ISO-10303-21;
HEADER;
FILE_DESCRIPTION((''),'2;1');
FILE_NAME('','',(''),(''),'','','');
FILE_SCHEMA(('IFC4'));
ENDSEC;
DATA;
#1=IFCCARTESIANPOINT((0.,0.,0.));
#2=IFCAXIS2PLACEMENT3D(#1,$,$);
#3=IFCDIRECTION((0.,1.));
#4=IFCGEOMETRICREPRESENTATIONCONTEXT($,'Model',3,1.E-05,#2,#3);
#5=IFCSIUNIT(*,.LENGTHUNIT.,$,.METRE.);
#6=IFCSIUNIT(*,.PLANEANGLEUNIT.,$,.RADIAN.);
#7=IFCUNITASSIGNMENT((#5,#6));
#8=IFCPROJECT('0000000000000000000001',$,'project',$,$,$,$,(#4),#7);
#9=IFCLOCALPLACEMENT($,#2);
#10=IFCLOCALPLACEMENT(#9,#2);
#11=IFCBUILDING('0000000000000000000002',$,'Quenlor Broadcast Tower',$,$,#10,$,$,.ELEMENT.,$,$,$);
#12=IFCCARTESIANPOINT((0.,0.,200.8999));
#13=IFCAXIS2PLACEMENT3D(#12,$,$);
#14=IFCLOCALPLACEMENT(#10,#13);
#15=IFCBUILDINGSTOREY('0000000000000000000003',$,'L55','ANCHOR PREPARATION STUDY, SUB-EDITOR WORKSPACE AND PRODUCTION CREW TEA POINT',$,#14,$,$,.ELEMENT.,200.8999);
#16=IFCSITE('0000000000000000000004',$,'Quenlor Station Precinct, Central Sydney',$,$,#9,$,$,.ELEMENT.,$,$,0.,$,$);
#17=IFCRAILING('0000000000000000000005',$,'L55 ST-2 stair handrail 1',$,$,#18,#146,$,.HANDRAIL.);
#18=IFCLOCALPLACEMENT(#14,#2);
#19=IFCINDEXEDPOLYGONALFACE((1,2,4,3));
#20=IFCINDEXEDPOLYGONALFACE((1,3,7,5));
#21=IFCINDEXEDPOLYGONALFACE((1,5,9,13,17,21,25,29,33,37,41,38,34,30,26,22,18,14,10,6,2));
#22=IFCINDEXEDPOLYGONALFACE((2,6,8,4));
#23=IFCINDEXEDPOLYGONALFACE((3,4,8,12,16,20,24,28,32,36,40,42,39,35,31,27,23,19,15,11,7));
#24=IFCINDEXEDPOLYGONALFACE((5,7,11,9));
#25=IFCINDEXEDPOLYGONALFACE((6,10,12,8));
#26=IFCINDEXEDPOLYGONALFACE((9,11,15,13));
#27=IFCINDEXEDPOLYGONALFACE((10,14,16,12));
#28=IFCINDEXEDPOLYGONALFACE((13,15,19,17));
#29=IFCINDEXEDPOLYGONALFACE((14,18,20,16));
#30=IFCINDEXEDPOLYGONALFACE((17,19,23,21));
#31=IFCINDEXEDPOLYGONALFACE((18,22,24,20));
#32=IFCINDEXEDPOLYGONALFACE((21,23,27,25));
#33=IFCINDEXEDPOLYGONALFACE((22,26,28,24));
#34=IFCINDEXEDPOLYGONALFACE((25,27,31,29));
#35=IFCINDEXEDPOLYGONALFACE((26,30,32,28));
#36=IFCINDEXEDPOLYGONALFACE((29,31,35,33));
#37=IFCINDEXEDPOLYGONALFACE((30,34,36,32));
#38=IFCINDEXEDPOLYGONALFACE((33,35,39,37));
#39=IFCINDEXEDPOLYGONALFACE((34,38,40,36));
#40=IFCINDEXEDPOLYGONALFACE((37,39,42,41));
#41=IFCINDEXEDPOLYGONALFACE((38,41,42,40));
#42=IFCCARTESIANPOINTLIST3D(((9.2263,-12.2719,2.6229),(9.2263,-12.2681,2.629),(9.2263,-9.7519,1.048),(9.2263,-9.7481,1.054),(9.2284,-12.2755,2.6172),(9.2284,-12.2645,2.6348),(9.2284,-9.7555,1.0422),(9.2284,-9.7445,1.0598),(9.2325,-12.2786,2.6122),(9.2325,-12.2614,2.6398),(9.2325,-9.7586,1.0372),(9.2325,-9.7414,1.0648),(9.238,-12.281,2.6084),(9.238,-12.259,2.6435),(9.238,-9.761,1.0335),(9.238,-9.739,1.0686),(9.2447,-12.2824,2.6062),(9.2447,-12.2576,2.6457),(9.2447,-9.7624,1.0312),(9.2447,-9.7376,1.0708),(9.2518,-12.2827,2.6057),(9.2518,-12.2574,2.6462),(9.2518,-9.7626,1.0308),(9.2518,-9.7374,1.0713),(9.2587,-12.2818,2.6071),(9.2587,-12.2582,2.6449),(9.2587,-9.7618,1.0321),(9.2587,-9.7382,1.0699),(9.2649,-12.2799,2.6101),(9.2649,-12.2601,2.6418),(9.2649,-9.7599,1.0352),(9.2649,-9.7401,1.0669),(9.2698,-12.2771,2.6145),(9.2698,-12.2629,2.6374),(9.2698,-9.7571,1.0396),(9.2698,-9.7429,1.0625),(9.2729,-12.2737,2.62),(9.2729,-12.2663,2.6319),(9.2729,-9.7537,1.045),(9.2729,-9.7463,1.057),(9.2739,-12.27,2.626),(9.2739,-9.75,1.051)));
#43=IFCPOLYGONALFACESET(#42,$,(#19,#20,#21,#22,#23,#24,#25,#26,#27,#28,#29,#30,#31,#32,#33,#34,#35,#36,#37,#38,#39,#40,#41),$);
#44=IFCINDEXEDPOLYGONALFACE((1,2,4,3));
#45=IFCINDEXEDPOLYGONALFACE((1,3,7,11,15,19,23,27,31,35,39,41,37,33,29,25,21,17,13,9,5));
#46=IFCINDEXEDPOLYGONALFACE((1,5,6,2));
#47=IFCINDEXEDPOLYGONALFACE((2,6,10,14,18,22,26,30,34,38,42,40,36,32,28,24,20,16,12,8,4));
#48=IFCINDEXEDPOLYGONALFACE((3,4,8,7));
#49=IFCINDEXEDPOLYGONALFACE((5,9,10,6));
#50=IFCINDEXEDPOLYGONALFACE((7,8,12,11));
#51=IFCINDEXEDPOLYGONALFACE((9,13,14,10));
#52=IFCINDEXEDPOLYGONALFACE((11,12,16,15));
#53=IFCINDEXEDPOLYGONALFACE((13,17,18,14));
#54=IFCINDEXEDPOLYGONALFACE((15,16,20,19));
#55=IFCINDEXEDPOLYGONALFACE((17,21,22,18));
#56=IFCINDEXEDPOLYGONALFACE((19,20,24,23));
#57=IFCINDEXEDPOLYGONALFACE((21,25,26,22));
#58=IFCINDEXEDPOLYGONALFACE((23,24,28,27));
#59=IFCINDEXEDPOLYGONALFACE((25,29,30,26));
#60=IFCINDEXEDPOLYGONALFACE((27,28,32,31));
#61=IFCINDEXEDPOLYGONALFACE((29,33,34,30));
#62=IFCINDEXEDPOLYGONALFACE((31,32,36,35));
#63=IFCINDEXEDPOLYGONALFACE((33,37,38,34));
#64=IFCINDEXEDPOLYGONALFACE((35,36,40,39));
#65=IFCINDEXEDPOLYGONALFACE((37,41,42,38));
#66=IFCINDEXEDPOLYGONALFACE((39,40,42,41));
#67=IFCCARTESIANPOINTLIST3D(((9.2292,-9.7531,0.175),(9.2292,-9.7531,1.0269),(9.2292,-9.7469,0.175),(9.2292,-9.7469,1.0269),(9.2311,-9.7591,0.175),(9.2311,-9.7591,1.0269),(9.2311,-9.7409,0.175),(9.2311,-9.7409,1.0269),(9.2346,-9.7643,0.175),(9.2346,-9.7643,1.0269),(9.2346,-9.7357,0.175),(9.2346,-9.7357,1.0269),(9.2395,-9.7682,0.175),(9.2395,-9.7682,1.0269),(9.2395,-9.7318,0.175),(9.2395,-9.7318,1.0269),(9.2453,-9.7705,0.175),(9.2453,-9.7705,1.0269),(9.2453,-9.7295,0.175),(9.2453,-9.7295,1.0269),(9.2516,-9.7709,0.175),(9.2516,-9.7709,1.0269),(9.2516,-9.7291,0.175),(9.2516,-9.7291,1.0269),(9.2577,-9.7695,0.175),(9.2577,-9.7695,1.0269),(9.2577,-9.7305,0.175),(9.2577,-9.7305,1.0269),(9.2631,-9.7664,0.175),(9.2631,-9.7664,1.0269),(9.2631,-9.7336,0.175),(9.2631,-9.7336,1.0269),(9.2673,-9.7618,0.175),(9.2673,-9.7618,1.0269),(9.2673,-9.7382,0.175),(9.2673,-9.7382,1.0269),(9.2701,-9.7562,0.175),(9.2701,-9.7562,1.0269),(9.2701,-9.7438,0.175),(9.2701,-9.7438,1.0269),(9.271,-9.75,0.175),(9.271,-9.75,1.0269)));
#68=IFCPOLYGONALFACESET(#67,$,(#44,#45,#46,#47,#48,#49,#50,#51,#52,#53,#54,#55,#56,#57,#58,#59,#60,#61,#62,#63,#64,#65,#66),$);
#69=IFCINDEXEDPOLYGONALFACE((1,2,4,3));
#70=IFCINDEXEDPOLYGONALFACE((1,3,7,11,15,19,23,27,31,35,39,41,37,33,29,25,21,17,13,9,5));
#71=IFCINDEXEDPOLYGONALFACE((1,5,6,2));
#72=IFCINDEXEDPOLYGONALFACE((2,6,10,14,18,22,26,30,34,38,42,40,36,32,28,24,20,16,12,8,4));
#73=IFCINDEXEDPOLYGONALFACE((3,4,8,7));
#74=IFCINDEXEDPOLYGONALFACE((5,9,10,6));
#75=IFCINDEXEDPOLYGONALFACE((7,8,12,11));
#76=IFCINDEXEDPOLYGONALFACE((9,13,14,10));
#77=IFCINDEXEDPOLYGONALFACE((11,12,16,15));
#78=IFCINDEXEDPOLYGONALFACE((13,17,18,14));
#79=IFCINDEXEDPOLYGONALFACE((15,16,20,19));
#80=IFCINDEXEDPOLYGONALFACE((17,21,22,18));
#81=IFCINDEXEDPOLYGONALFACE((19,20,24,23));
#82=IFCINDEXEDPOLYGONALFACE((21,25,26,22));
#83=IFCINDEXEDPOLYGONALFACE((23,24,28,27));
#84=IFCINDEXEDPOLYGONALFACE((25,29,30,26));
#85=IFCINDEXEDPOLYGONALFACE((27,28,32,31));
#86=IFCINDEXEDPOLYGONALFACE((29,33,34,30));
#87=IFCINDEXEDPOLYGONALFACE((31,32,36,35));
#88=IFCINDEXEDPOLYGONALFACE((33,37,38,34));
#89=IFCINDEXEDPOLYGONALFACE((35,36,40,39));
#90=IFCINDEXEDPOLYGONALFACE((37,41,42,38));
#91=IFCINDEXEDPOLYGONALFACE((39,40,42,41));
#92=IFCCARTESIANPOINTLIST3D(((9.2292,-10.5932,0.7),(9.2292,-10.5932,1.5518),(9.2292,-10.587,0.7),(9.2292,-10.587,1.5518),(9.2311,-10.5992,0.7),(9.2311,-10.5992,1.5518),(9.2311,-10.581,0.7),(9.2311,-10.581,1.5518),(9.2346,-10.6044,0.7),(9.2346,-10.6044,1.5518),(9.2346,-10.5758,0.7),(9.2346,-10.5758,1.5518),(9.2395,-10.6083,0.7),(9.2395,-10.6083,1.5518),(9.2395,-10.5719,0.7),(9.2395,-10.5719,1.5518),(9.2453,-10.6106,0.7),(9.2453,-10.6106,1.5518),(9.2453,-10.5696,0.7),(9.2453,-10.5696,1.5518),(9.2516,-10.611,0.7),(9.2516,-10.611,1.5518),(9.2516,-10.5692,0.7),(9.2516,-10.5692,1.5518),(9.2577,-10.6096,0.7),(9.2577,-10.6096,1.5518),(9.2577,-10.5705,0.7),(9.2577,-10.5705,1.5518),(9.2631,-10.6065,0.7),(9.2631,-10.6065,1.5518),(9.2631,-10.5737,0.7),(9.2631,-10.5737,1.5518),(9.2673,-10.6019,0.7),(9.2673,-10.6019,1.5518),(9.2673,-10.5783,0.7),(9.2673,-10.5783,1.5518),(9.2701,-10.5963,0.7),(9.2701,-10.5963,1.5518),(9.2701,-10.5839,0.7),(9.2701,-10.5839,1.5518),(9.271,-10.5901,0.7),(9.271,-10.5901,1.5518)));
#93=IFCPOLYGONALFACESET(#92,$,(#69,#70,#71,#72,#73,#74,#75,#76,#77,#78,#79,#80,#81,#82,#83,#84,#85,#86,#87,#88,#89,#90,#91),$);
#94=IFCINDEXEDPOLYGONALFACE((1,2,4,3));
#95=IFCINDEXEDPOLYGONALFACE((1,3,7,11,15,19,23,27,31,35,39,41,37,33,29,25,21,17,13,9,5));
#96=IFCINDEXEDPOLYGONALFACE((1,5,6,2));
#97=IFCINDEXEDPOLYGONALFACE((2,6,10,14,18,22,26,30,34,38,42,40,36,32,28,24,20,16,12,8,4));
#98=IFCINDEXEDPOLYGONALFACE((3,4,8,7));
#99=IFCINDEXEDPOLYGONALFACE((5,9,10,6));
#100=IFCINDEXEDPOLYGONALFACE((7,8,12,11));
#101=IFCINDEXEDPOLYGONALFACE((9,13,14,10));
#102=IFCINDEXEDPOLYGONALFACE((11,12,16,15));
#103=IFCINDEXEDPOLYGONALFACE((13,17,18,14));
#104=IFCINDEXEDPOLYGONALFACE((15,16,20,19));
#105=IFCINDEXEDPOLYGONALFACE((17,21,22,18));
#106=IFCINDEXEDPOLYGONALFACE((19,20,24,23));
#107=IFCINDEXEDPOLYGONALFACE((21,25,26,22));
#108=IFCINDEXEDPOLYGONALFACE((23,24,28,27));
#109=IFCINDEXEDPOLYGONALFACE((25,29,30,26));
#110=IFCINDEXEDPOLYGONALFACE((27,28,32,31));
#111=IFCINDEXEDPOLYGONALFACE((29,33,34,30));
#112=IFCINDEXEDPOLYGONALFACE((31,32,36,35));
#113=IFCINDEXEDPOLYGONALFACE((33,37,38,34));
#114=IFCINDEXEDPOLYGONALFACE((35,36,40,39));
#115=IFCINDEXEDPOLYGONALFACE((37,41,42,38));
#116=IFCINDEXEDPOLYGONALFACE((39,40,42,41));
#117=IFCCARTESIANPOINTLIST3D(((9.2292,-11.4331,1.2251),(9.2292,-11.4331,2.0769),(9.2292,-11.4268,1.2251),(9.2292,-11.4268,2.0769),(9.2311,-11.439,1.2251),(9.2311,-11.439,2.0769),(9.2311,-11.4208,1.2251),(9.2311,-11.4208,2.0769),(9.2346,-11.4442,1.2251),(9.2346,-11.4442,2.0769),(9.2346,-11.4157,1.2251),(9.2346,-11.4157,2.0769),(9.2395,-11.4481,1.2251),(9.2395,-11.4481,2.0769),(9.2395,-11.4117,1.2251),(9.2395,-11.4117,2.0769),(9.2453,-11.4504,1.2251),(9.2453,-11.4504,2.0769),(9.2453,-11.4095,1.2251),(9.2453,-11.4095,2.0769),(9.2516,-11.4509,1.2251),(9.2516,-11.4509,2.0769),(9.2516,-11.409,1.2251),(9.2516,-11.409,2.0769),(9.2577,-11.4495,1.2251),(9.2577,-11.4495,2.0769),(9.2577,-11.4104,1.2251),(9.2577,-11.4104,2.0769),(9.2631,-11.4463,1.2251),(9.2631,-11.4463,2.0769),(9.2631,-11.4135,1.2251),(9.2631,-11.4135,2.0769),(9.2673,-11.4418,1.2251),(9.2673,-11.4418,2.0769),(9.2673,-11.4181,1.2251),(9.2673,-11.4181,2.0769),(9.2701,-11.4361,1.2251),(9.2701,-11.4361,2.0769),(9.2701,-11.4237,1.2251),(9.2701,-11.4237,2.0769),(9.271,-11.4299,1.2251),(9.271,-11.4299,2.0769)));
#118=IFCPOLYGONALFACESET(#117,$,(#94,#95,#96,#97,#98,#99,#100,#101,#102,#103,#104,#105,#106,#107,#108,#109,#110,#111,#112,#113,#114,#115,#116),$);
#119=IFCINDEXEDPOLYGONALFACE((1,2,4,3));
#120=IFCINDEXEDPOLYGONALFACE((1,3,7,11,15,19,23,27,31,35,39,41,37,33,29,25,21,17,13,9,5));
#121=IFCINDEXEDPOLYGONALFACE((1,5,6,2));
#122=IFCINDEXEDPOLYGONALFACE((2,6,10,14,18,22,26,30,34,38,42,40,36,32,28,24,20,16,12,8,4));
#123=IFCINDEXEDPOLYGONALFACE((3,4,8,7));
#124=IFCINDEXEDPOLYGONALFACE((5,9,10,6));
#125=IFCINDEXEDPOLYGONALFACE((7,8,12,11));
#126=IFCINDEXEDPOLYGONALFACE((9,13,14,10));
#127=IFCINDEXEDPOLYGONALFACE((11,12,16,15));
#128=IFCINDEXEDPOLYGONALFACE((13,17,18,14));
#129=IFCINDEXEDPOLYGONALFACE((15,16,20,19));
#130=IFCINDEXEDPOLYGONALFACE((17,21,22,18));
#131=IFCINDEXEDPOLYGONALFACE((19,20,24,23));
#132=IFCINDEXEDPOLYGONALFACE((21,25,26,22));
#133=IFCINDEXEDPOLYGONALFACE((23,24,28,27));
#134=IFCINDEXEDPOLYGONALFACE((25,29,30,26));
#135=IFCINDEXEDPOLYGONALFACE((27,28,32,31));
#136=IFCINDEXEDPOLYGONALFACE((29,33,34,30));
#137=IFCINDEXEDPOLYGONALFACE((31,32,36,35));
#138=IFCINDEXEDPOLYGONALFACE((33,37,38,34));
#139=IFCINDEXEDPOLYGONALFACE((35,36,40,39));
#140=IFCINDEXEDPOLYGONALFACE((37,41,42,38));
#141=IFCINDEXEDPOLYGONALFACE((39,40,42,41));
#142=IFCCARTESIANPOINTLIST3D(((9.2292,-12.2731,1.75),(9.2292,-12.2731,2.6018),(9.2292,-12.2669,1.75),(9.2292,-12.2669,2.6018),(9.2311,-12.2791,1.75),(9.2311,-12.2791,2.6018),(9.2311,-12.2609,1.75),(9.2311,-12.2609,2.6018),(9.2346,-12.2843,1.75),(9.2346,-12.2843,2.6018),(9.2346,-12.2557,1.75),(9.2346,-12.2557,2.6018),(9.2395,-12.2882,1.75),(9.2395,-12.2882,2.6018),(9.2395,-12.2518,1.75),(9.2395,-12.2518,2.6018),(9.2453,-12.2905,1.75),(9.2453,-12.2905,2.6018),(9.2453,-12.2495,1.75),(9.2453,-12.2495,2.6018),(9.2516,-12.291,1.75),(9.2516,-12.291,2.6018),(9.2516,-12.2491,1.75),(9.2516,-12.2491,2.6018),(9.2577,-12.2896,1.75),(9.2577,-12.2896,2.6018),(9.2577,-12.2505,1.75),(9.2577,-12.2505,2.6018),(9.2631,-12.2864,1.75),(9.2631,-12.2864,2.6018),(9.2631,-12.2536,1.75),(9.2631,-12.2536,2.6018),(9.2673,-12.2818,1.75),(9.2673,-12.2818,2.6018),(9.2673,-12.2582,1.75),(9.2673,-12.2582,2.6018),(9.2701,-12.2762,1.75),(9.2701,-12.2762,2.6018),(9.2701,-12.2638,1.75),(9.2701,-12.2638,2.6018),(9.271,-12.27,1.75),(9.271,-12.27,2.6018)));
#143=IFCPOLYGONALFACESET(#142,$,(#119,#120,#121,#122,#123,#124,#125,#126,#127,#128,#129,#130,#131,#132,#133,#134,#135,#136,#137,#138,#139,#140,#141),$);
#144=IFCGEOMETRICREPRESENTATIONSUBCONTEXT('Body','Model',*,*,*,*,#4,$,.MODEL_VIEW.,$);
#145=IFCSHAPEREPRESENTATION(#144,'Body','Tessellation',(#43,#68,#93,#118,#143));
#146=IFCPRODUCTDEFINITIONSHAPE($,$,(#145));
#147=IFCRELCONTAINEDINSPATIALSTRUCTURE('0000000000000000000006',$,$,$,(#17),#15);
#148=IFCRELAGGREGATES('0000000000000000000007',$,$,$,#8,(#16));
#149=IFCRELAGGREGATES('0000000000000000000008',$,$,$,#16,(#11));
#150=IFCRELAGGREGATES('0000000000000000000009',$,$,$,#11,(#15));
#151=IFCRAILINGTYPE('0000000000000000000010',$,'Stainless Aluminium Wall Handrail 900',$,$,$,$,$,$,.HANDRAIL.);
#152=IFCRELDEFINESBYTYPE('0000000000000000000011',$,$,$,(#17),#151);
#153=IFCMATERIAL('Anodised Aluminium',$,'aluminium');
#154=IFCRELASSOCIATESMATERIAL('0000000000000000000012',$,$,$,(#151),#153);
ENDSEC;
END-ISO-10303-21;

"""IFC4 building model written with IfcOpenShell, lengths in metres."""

from ifc_helpers import new_model, si_unit, direction, frame, origin, origin_2d, place, context, subcontext, project, spatial, circle, extrude, material, type_object, element, save


model = new_model("IFC4")

# Units and contexts
model_context = context("Model", 3, precision=1e-05, world=origin(), true_north=direction((0.0, 1.0)))
body_context = subcontext(model_context, "Body", "Model", "MODEL_VIEW")
ifc_project = project(units=[si_unit("LENGTHUNIT", "METRE"), si_unit("PLANEANGLEUNIT", "RADIAN")], contexts=[model_context])

# Site, building, storey
site_placement = place(None, origin())
site = spatial("IfcSite", under=ifc_project, at=site_placement, Name="Quenlor Station Precinct, Central Sydney", CompositionType="ELEMENT", RefElevation=0.0)
building_placement = place(site_placement, origin())
building = spatial("IfcBuilding", under=site, at=building_placement, Name="Quenlor Broadcast Tower", CompositionType="ELEMENT")
storey_placement = place(building_placement, frame((0.0, 0.0, 200.8999)))
storey = spatial("IfcBuildingStorey", under=building, at=storey_placement, Name="L55", Description="ANCHOR PREPARATION STUDY, SUB-EDITOR WORKSPACE AND PRODUCTION CREW TEA POINT", CompositionType="ELEMENT", Elevation=200.8999)

# Railing
ifc_material_1 = material(Name="Anodised Aluminium", Category="aluminium")
railing_type_1 = type_object("IfcRailingType", Name="Stainless Aluminium Wall Handrail 900", PredefinedType="HANDRAIL", material=ifc_material_1)
railing_1_placement = place(storey_placement, frame((9.25, -9.75, 0.175)))
element("IfcRailing", 1, at=railing_1_placement, inside=storey, type_object=railing_type_1, Name="L55 ST-2 stair handrail 1", PredefinedType="HANDRAIL", context=body_context, shape_type="SweptSolid", body=[
    extrude(circle(Radius=0.0239, at=origin_2d()), frame((0.0, 0.0, 0.876), z_axis=(0.0, -0.848008, 0.529984), x_axis=(1.0, 0.0, 0.0)), (0.0, 0.0, 1.0), 2.9717),
    extrude(circle(Radius=0.021, at=origin_2d()), origin(), (0.0, 0.0, 1.0), 0.8518),
    extrude(circle(Radius=0.021, at=origin_2d()), frame((0.0, -0.8401, 0.5249)), (0.0, 0.0, 1.0), 0.8518),
    extrude(circle(Radius=0.021, at=origin_2d()), frame((0.0, -1.6799, 1.05)), (0.0, 0.0, 1.0), 0.8518),
    extrude(circle(Radius=0.021, at=origin_2d()), frame((0.0, -2.52, 1.575)), (0.0, 0.0, 1.0), 0.8518),
])

save(model, "model.ifc")
